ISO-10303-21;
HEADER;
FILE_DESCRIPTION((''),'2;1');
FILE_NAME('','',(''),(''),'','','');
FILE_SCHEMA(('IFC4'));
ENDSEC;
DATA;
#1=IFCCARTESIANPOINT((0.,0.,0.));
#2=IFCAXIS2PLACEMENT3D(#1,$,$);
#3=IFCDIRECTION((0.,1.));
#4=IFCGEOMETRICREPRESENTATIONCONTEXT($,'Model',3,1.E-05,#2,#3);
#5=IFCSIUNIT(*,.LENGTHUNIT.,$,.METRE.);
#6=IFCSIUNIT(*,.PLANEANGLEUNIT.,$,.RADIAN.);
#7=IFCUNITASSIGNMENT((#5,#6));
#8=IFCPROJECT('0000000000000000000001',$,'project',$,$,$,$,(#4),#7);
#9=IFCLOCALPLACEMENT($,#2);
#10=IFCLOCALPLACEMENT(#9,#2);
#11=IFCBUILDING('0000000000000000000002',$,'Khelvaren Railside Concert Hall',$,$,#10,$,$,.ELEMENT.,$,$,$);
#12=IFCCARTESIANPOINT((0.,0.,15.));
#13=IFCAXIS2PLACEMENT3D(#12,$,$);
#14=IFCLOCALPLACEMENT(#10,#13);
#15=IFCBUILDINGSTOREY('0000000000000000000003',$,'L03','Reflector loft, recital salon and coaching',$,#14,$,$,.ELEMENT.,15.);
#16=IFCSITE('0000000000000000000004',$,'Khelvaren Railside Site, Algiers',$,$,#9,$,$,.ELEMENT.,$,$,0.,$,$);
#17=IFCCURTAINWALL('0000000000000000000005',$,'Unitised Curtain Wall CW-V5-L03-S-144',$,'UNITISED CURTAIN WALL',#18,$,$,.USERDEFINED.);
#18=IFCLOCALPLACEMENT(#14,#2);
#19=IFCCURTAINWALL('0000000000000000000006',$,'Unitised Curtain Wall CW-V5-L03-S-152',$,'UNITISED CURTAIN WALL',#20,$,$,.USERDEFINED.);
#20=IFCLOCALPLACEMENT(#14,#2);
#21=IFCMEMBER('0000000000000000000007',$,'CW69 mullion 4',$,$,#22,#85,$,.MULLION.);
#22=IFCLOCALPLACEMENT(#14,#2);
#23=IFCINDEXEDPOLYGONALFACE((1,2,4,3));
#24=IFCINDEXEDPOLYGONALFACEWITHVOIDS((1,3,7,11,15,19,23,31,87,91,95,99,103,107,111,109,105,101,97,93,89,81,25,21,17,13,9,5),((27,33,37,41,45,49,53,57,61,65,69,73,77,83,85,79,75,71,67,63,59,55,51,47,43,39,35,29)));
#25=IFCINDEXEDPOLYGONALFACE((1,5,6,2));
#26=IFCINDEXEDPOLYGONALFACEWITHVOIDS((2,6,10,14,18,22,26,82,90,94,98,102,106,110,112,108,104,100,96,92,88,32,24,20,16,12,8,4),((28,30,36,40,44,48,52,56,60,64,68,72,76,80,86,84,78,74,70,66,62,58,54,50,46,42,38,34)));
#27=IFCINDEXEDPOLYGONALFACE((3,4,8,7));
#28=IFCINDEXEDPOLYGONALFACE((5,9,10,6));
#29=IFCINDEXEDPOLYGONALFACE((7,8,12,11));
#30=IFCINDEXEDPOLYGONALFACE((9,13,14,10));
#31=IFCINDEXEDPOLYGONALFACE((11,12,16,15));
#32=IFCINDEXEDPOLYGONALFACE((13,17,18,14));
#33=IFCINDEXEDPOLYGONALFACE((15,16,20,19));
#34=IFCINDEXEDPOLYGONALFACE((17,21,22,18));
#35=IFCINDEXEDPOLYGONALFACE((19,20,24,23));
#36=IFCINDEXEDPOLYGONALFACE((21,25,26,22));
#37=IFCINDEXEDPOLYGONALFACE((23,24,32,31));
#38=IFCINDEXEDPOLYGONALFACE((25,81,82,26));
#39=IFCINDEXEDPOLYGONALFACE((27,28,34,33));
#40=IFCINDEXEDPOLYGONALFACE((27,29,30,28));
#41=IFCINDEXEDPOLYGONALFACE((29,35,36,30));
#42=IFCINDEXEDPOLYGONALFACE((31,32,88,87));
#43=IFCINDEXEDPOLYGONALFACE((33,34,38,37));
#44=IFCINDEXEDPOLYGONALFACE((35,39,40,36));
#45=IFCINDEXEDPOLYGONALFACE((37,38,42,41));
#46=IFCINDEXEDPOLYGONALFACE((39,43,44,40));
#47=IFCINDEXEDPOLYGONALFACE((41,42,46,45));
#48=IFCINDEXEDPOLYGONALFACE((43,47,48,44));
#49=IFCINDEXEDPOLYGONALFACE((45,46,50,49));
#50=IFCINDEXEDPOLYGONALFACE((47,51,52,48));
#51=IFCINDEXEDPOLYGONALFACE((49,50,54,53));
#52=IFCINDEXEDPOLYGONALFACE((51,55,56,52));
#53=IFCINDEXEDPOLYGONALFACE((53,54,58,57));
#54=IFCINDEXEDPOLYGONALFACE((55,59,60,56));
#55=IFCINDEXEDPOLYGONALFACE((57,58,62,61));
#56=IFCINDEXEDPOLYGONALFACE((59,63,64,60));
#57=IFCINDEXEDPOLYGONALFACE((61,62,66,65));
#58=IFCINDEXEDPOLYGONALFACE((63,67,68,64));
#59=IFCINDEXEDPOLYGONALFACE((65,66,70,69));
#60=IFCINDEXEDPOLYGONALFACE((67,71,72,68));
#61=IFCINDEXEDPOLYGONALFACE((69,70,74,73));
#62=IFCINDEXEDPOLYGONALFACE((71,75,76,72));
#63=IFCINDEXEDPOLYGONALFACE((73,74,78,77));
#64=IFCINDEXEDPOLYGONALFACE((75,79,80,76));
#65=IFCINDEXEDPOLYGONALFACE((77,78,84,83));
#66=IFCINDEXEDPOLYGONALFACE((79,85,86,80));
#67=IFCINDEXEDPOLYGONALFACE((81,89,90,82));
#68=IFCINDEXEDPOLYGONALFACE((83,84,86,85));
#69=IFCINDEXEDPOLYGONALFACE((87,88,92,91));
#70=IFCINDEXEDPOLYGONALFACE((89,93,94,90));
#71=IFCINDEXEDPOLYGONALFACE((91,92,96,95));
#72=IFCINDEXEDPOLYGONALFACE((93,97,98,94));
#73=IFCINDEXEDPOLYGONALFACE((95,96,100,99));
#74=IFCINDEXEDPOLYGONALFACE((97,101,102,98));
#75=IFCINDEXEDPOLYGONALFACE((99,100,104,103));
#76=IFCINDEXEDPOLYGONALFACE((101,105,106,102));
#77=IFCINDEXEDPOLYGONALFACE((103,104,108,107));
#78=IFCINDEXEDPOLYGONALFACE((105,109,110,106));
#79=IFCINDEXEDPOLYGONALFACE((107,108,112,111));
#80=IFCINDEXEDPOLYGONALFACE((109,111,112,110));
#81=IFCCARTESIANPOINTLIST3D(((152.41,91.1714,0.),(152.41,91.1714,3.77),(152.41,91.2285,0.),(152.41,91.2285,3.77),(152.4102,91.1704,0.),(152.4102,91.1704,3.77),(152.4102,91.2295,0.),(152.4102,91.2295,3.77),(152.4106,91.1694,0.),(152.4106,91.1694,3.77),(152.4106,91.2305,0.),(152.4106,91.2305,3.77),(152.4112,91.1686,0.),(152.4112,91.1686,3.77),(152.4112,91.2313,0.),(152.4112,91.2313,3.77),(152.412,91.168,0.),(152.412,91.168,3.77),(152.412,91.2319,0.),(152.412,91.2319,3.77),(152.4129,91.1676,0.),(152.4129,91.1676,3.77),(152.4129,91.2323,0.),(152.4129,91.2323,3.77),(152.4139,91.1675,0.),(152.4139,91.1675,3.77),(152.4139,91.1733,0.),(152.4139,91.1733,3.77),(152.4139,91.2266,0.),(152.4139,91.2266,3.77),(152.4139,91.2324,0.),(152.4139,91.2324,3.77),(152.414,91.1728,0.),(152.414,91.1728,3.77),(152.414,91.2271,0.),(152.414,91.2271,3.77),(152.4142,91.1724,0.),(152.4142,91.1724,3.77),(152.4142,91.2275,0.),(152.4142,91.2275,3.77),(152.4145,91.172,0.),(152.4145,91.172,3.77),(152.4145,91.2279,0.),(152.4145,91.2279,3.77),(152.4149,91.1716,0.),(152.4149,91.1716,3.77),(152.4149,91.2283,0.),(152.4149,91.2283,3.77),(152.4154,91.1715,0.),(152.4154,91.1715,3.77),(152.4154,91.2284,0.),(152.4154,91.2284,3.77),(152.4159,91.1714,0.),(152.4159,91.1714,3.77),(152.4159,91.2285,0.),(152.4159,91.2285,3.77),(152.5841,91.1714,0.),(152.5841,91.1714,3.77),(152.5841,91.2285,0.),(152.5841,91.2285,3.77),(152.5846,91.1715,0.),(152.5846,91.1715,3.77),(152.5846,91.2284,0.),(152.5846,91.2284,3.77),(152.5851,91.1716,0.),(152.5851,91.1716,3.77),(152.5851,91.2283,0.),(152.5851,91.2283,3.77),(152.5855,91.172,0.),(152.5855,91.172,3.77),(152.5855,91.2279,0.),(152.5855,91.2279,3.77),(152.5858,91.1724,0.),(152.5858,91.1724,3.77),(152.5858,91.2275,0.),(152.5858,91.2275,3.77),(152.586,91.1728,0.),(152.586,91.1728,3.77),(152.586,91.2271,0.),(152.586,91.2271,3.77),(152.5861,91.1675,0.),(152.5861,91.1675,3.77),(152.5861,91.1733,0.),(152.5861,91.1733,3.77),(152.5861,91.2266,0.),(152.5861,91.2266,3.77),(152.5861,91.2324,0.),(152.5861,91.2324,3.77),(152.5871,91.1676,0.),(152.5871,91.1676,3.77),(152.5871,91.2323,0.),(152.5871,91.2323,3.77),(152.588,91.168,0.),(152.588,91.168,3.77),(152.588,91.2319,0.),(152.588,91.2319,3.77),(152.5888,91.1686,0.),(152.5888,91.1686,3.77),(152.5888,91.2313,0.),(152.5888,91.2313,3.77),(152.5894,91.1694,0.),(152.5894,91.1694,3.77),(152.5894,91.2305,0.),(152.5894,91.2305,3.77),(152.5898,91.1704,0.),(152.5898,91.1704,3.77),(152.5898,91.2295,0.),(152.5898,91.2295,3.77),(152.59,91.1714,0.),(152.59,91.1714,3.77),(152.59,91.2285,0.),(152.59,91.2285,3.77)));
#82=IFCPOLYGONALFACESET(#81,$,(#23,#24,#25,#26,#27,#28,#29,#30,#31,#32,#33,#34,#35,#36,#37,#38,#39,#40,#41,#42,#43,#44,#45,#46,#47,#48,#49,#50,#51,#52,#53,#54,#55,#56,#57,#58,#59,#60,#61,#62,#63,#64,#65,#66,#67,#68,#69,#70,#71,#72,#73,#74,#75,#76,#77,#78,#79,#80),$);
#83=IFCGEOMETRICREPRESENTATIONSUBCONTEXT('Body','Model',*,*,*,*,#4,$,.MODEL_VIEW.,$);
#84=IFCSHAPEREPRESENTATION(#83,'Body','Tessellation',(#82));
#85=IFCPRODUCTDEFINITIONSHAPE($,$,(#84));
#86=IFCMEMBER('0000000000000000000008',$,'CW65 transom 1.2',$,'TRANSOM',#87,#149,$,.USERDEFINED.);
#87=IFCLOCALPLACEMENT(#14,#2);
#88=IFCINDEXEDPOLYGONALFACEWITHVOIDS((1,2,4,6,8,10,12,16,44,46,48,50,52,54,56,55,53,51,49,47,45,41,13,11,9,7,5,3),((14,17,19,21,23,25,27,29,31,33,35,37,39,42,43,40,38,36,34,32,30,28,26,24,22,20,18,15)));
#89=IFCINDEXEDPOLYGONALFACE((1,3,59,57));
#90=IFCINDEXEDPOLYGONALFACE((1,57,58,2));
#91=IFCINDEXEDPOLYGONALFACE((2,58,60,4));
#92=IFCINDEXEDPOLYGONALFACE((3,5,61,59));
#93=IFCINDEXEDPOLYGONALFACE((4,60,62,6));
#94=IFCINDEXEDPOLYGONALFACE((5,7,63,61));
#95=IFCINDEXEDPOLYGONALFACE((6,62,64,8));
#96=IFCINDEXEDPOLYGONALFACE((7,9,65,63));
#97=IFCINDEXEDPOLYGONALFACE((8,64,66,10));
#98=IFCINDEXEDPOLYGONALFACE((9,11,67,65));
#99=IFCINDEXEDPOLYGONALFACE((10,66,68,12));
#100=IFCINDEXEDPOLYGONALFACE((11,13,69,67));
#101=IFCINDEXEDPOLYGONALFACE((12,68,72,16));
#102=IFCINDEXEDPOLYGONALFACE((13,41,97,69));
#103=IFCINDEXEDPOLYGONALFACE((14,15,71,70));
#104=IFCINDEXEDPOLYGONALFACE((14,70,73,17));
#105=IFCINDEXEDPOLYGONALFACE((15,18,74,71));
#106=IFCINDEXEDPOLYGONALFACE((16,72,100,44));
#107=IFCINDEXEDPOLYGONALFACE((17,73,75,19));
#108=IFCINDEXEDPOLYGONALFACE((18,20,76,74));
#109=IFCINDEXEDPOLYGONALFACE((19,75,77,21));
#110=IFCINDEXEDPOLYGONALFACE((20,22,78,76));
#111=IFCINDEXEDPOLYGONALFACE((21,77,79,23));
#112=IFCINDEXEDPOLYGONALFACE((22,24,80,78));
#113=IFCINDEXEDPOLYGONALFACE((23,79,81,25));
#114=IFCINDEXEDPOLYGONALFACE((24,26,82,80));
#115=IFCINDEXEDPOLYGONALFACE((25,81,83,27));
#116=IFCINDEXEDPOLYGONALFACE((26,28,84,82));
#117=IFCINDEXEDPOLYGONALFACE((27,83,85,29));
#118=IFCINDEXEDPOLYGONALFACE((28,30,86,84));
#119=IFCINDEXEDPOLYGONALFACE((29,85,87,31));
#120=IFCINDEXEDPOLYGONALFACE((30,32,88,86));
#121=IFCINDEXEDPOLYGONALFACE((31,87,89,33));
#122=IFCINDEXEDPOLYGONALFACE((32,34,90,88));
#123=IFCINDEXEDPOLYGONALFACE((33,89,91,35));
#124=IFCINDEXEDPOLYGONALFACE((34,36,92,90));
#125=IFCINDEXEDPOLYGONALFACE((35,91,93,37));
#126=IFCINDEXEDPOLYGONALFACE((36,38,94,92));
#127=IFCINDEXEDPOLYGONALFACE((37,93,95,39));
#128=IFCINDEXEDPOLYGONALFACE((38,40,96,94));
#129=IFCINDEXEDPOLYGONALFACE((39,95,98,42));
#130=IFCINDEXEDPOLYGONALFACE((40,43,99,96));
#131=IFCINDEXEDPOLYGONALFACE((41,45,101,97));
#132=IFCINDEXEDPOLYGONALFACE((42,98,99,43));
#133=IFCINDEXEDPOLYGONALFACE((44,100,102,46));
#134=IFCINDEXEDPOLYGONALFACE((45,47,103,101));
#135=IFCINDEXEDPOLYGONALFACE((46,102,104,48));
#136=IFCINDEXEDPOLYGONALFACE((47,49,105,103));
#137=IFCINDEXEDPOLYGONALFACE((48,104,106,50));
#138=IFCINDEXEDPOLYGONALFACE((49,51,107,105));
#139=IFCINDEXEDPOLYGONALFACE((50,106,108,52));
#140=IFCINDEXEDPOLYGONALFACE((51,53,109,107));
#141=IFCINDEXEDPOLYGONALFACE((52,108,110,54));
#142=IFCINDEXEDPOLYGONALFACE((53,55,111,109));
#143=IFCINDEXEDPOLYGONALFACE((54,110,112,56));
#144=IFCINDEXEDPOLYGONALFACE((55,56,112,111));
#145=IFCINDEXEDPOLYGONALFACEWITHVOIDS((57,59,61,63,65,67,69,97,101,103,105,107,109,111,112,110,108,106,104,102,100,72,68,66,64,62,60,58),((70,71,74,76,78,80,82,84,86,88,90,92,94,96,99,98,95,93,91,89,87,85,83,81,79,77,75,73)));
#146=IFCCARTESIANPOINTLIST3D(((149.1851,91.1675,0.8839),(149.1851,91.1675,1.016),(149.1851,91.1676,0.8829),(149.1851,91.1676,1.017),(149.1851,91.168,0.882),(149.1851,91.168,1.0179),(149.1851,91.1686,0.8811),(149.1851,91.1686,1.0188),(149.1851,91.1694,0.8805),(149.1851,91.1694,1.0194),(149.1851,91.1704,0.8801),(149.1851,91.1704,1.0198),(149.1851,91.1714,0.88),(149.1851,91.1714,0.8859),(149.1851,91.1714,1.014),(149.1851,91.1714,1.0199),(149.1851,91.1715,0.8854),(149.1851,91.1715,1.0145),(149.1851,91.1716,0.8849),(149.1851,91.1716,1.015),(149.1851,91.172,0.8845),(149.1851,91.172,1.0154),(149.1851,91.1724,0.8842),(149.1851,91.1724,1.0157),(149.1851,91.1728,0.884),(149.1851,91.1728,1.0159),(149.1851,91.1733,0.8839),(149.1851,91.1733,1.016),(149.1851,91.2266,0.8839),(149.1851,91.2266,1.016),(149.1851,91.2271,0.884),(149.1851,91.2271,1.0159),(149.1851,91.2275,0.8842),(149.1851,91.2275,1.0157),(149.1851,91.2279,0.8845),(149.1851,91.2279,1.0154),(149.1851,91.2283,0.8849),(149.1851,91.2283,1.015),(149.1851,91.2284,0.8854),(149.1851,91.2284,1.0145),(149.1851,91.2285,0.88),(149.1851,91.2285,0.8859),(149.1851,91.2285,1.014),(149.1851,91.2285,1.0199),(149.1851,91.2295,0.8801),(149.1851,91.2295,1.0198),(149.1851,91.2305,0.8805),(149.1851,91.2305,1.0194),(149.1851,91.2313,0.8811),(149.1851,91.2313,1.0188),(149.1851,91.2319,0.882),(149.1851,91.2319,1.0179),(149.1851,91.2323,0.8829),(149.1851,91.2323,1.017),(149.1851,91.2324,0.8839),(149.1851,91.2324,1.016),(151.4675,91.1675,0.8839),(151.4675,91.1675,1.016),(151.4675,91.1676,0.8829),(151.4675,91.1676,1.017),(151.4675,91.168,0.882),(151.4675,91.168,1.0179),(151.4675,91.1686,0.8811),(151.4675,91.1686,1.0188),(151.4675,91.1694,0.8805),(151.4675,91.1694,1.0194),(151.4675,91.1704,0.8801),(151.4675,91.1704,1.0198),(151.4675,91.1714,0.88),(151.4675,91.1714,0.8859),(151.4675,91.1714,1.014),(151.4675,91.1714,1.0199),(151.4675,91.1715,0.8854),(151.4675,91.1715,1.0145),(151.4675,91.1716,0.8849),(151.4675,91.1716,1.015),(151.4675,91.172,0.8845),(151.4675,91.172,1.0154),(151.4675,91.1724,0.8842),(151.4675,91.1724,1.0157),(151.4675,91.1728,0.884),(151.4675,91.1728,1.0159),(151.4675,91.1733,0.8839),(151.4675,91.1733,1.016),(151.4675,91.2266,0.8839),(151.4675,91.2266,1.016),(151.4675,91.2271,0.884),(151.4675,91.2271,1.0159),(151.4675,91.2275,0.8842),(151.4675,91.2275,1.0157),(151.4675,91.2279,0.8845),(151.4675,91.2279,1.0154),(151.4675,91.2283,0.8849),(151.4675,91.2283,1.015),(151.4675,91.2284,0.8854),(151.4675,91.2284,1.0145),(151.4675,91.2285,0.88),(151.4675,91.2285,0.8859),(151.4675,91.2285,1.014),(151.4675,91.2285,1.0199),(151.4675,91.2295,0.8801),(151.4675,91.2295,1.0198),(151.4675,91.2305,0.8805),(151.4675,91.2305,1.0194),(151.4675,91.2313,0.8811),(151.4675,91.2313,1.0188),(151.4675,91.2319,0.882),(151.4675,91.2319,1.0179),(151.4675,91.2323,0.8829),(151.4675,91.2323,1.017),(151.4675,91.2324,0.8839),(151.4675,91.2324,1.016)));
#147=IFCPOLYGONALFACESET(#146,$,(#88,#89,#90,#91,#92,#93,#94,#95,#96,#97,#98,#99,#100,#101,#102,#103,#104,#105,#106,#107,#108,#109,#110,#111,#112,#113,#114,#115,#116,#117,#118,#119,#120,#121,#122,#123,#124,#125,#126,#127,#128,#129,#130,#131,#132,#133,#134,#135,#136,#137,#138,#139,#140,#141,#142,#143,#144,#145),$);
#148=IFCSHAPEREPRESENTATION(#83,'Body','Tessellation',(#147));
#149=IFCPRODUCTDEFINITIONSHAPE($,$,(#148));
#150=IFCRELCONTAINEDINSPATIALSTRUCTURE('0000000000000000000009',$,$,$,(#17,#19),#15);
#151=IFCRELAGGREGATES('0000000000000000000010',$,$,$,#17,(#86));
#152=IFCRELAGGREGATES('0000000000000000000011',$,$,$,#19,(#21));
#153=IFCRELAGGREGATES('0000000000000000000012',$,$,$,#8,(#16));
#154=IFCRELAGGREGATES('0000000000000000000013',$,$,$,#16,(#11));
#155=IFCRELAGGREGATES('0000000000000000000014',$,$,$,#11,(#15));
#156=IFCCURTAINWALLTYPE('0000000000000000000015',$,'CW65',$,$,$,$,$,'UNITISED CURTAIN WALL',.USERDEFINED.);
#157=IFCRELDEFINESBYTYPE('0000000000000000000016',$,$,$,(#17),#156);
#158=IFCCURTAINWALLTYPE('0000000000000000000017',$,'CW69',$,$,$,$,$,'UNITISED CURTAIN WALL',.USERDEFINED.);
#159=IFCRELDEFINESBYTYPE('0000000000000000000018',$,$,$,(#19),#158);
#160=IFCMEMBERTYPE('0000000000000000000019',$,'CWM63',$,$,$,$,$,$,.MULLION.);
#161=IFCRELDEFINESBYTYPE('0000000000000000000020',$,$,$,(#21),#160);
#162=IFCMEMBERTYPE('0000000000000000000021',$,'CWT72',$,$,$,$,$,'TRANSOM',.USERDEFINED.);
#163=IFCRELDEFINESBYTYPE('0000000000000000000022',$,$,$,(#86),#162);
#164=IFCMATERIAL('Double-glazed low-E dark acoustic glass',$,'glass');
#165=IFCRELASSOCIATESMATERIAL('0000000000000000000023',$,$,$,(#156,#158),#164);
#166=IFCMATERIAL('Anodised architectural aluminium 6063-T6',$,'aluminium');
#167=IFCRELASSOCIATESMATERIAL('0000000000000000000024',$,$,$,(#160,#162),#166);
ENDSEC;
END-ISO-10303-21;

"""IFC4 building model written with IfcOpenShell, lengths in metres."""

from ifc_helpers import new_model, si_unit, direction, frame, origin, origin_2d, place, context, subcontext, project, spatial, hollow_rectangle, extrude, material, material_profile, profile_set, type_object, element, aggregate, save


model = new_model("IFC4")

# Units and contexts
model_context = context("Model", 3, precision=1e-05, world=origin(), true_north=direction((0.0, 1.0)))
body_context = subcontext(model_context, "Body", "Model", "MODEL_VIEW")
ifc_project = project(units=[si_unit("LENGTHUNIT", "METRE"), si_unit("PLANEANGLEUNIT", "RADIAN")], contexts=[model_context])

# Site, building, storey
site_placement = place(None, origin())
site = spatial("IfcSite", under=ifc_project, at=site_placement, Name="Khelvaren Railside Site, Algiers", CompositionType="ELEMENT", RefElevation=0.0)
building_placement = place(site_placement, origin())
building = spatial("IfcBuilding", under=site, at=building_placement, Name="Khelvaren Railside Concert Hall", CompositionType="ELEMENT")
storey_placement = place(building_placement, frame((0.0, 0.0, 15.0)))
storey = spatial("IfcBuildingStorey", under=building, at=storey_placement, Name="L03", Description="Reflector loft, recital salon and coaching", CompositionType="ELEMENT", Elevation=15.0)

# Curtain wall
ifc_material_1 = material(Name="Double-glazed low-E dark acoustic glass", Category="glass")
curtain_wall_type_1 = type_object("IfcCurtainWallType", Name="CW65", ElementType="UNITISED CURTAIN WALL", PredefinedType="USERDEFINED", material=ifc_material_1)
curtain_wall_1_placement = place(storey_placement, origin())
curtain_wall_1 = element("IfcCurtainWall", 1, at=curtain_wall_1_placement, inside=storey, type_object=curtain_wall_type_1, Name="Unitised Curtain Wall CW-V5-L03-S-144", ObjectType="UNITISED CURTAIN WALL", PredefinedType="USERDEFINED")
ifc_material_2 = material(Name="Anodised architectural aluminium 6063-T6", Category="aluminium")
ifc_material_profile_1 = material_profile(ifc_material_2, hollow_rectangle(XDim=0.0649, YDim=0.1799, WallThickness=0.0039, InnerFilletRadius=0.002, OuterFilletRadius=0.0039, at=origin_2d()), Name="CWM 65x180x4")
ifc_profile_set_1 = profile_set([ifc_material_profile_1], Name="Anodised architectural aluminium 6063-T6")
member_type_1 = type_object("IfcMemberType", Name="CWM63", PredefinedType="MULLION", material=ifc_profile_set_1)

# Curtain wall, member
curtain_wall_type_2 = type_object("IfcCurtainWallType", Name="CW69", ElementType="UNITISED CURTAIN WALL", PredefinedType="USERDEFINED", material=ifc_material_1)
curtain_wall_2_placement = place(storey_placement, origin())
curtain_wall_2 = element("IfcCurtainWall", 2, at=curtain_wall_2_placement, inside=storey, type_object=curtain_wall_type_2, Name="Unitised Curtain Wall CW-V5-L03-S-152", ObjectType="UNITISED CURTAIN WALL", PredefinedType="USERDEFINED")
member_1_placement = place(storey_placement, frame((152.5, 91.2, 0.0), z_axis=(0.0, 0.0, 1.0), x_axis=(0.0, -1.0, 0.0)))
member_1 = element("IfcMember", 3, at=member_1_placement, type_object=member_type_1, Name="CW69 mullion 4", PredefinedType="MULLION", context=body_context, shape_type="SweptSolid", body=[
    extrude(hollow_rectangle(XDim=0.0649, YDim=0.1799, WallThickness=0.0039, InnerFilletRadius=0.002, OuterFilletRadius=0.0039, at=origin_2d()), origin(), (0.0, 0.0, 1.0), 3.77),
])

# Member
ifc_material_profile_2 = material_profile(ifc_material_2, hollow_rectangle(XDim=0.0649, YDim=0.1399, WallThickness=0.0039, InnerFilletRadius=0.002, OuterFilletRadius=0.0039, at=origin_2d()), Name="CWT 65x140x4")
ifc_profile_set_2 = profile_set([ifc_material_profile_2], Name="Anodised architectural aluminium 6063-T6")
member_type_2 = type_object("IfcMemberType", Name="CWT72", ElementType="TRANSOM", PredefinedType="USERDEFINED", material=ifc_profile_set_2)
member_2_placement = place(storey_placement, frame((151.4675, 91.2, 0.95), z_axis=(-1.0, 0.0, 0.0), x_axis=(0.0, -1.0, 0.0)))
member_2 = element("IfcMember", 4, at=member_2_placement, type_object=member_type_2, Name="CW65 transom 1.2", ObjectType="TRANSOM", PredefinedType="USERDEFINED", context=body_context, shape_type="SweptSolid", body=[
    extrude(hollow_rectangle(XDim=0.0649, YDim=0.1399, WallThickness=0.0039, InnerFilletRadius=0.002, OuterFilletRadius=0.0039, at=origin_2d()), origin(), (0.0, 0.0, 1.0), 2.2825),
])
aggregate(curtain_wall_1, [member_2])

aggregate(curtain_wall_2, [member_1])

save(model, "model.ifc")
